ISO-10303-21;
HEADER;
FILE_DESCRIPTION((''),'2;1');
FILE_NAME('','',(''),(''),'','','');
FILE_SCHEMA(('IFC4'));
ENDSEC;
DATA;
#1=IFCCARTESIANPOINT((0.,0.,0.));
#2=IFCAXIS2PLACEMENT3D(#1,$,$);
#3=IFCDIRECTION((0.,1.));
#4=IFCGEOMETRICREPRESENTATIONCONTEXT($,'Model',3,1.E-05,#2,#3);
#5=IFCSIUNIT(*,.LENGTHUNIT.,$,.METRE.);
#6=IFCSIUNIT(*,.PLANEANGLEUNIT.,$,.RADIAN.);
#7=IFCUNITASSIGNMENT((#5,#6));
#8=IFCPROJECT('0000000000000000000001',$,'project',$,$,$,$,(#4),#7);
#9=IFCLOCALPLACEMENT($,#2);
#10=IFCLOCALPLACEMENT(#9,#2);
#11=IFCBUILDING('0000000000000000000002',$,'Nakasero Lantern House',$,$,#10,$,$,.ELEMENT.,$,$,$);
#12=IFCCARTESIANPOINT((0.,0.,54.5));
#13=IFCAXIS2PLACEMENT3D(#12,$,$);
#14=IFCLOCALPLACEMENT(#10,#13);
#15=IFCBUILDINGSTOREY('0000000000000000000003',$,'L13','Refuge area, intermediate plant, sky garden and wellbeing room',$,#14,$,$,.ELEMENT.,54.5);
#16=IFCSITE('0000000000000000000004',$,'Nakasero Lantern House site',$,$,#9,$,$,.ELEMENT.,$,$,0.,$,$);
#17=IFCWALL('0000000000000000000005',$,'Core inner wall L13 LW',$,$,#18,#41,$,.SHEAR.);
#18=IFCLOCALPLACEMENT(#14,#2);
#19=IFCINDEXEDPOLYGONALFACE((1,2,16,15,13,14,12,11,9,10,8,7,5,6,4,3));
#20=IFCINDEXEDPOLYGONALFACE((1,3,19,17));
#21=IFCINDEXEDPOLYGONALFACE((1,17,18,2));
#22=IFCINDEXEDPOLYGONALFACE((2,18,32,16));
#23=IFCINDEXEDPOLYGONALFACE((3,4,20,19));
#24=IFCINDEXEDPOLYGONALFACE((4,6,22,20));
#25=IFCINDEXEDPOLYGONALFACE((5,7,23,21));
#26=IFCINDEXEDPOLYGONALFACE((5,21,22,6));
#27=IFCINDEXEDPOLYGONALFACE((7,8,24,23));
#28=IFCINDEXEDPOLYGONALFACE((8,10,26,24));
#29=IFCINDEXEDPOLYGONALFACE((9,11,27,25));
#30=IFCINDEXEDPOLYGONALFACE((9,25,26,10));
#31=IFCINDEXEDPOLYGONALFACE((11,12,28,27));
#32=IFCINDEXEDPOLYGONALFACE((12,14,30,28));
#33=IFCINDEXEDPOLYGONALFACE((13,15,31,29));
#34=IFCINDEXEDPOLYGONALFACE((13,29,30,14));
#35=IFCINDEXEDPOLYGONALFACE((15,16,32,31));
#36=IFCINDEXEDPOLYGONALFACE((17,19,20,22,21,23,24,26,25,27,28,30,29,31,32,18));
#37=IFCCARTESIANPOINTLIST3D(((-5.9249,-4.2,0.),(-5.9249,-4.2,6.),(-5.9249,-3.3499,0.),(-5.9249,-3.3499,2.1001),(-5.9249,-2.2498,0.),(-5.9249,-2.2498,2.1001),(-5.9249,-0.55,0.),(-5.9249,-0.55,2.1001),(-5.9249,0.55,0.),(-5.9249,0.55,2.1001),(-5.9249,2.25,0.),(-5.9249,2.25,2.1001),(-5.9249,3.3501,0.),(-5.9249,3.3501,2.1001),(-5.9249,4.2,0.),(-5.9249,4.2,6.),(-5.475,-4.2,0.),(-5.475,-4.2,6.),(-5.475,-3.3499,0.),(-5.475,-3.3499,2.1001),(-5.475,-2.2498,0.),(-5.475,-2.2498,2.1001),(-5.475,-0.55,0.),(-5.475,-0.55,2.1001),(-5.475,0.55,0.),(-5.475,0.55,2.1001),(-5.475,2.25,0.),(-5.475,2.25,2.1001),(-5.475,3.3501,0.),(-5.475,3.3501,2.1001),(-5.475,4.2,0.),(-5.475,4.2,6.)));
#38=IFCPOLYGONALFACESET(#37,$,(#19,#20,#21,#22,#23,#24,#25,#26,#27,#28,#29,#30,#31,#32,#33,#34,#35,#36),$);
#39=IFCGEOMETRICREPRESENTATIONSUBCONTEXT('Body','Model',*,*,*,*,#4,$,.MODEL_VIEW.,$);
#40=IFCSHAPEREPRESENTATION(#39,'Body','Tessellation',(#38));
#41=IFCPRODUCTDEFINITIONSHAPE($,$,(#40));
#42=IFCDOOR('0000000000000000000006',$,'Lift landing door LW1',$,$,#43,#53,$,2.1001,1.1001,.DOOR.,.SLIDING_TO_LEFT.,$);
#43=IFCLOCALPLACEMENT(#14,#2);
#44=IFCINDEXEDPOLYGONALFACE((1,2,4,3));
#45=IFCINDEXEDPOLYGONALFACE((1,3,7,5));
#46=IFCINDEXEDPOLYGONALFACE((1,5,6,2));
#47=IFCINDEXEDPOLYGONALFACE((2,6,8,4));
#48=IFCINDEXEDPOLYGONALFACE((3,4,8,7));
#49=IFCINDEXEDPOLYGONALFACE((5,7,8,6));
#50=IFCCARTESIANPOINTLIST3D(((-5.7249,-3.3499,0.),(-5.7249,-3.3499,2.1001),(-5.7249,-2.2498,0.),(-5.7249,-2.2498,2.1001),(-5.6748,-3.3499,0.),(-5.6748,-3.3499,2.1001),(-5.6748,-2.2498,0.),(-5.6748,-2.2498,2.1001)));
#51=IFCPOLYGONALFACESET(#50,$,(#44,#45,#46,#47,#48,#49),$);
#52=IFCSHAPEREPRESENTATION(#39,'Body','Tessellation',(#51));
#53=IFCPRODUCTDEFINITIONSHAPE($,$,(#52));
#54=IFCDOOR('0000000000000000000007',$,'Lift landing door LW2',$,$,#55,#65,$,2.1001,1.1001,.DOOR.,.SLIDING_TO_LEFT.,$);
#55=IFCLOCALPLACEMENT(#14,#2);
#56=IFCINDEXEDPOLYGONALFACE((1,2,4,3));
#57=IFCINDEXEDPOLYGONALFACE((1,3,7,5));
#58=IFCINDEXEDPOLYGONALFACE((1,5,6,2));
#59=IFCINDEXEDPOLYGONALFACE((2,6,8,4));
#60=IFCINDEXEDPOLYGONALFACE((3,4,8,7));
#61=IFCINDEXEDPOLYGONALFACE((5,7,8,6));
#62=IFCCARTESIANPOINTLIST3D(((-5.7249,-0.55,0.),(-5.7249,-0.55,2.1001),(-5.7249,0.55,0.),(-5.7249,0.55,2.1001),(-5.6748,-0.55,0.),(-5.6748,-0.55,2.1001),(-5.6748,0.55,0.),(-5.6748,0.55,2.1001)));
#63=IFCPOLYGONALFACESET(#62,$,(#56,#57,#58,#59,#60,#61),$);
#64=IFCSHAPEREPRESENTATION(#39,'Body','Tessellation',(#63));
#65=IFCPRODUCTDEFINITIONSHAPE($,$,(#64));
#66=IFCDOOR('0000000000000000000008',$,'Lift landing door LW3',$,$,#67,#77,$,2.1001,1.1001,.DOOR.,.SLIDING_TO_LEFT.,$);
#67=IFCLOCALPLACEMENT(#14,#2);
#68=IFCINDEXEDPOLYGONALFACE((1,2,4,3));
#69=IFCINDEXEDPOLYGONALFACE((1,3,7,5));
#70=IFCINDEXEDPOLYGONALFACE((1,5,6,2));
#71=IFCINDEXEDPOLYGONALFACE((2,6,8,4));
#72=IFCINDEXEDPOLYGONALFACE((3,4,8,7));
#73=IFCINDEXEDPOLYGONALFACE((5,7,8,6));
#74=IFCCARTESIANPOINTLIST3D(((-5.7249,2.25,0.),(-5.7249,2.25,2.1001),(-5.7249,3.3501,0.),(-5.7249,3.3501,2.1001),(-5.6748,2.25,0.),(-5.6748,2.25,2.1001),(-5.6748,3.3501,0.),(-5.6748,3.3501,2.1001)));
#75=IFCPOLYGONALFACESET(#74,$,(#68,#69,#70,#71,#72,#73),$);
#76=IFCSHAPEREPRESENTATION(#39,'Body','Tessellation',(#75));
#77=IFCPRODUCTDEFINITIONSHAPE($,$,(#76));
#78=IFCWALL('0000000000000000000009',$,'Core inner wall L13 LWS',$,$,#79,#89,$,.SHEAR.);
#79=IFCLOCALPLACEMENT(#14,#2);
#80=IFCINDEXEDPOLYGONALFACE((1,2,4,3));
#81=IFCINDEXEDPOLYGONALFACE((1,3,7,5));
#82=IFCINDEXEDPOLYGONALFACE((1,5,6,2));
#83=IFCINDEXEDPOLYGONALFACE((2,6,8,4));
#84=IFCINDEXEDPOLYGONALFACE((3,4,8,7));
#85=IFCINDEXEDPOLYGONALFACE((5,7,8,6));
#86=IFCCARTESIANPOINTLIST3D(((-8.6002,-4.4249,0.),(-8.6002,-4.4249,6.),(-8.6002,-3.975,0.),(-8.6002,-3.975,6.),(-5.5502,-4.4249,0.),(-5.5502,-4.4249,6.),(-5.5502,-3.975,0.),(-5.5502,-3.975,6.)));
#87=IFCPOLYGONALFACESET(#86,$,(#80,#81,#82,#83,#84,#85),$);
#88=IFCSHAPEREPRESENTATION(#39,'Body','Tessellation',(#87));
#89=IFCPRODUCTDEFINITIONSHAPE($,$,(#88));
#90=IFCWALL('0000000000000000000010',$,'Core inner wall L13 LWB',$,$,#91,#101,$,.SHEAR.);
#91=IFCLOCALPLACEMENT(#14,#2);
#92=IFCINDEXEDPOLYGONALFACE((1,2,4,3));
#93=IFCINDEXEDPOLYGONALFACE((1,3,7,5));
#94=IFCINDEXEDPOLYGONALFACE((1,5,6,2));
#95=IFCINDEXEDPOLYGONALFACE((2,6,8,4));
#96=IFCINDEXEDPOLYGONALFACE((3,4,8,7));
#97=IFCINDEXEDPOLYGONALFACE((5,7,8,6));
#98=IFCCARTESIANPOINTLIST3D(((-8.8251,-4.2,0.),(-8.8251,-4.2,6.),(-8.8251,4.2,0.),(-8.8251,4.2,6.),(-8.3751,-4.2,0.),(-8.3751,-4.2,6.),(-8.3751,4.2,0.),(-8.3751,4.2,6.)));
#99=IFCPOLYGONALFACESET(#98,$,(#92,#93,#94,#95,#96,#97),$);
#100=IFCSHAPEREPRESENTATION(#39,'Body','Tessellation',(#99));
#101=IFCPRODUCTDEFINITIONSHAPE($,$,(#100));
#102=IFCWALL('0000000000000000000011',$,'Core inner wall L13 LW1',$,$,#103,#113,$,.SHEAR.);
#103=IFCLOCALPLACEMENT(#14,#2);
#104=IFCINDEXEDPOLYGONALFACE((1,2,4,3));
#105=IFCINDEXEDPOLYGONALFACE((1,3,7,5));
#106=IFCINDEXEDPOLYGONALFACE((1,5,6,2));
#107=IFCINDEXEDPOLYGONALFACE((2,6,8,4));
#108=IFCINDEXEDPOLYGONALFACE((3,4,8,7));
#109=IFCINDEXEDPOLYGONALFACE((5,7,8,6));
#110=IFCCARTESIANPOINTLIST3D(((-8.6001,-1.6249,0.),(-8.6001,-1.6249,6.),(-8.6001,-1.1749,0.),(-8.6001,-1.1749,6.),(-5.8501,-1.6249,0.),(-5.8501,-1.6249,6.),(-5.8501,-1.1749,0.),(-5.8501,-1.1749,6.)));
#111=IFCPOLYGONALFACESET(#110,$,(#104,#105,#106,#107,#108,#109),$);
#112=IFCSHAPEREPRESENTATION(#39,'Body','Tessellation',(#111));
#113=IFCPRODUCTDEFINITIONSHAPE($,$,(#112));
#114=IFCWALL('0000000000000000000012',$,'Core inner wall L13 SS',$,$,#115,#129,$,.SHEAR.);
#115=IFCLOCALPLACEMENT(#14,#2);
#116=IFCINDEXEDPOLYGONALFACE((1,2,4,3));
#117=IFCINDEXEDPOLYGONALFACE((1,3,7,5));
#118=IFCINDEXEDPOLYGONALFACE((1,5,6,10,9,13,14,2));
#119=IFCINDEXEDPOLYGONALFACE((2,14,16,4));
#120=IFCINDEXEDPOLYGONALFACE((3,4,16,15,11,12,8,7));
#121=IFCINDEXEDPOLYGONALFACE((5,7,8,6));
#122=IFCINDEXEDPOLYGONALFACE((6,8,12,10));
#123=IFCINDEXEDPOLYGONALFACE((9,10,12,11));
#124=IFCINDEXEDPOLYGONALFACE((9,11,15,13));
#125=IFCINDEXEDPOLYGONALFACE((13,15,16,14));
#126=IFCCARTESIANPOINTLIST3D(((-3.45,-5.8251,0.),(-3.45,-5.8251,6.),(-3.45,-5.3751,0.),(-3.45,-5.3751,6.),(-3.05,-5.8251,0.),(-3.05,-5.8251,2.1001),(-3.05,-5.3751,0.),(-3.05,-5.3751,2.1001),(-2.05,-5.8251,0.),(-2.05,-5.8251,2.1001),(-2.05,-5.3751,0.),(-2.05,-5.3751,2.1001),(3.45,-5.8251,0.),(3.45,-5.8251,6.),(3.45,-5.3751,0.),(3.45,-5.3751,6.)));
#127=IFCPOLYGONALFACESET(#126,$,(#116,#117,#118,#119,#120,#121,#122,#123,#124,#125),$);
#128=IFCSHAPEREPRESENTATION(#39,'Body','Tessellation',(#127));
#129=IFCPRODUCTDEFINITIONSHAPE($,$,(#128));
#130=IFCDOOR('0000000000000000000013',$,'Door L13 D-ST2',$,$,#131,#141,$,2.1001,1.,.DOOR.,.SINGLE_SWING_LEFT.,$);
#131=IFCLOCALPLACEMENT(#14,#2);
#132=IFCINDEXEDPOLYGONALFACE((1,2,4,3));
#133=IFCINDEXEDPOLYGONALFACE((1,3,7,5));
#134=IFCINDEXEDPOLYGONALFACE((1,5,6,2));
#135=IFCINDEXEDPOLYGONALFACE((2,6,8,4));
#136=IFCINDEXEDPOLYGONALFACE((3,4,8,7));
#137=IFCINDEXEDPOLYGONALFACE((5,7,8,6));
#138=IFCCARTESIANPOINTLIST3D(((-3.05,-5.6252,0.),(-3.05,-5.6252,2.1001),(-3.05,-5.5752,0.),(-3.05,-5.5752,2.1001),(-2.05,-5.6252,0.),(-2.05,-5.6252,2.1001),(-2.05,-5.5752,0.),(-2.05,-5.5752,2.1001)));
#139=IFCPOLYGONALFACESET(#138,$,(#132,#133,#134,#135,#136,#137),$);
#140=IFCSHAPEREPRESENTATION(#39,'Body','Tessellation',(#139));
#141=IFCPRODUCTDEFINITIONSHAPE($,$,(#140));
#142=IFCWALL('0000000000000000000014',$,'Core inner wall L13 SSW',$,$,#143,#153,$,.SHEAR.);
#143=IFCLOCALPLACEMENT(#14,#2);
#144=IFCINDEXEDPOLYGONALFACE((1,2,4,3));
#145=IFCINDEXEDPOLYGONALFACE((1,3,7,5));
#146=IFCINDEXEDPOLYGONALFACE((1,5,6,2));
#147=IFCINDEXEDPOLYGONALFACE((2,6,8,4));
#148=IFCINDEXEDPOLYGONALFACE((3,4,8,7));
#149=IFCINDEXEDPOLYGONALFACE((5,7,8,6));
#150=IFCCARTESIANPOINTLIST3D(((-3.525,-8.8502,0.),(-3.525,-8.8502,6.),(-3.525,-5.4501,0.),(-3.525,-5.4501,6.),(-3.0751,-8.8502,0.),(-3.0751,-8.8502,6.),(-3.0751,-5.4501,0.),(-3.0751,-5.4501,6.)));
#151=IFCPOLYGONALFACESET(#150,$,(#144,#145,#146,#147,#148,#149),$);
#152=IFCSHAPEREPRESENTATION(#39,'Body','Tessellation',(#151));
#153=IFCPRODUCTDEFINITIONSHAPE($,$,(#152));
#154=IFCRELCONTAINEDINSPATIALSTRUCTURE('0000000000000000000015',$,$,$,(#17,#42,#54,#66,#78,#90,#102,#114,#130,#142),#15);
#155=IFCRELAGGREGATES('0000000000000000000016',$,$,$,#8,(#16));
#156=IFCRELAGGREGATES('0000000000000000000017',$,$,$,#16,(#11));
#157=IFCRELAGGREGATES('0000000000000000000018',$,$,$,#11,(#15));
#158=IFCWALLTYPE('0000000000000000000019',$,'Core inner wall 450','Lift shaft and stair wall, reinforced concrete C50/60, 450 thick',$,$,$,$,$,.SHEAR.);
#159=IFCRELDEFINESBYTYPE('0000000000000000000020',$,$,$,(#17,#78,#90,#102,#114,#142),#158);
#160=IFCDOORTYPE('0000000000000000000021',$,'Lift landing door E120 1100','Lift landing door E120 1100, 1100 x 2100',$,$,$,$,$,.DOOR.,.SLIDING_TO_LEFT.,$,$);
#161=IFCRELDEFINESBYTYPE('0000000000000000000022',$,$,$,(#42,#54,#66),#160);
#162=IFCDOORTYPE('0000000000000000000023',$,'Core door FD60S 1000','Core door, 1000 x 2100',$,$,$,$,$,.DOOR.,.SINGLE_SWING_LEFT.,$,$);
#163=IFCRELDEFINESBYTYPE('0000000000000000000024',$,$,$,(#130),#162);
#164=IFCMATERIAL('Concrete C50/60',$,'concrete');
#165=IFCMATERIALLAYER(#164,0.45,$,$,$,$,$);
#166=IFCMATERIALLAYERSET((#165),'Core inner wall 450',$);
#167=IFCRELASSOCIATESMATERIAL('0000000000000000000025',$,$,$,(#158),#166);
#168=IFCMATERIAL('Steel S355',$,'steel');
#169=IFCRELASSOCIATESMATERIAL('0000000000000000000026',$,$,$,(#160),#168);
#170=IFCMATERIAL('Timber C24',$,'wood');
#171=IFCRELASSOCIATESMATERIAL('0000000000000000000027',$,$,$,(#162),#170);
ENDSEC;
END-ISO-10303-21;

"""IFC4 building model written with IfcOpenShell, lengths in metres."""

from ifc_helpers import new_model, si_unit, direction, frame, frame_2d, origin, place, context, subcontext, project, spatial, rectangle, extrude, material, layer, layer_set, type_object, element, fill, save


model = new_model("IFC4")

# Units and contexts
model_context = context("Model", 3, precision=1e-05, world=origin(), true_north=direction((0.0, 1.0)))
body_context = subcontext(model_context, "Body", "Model", "MODEL_VIEW")
ifc_project = project(units=[si_unit("LENGTHUNIT", "METRE"), si_unit("PLANEANGLEUNIT", "RADIAN")], contexts=[model_context])

# Site, building, storey
site_placement = place(None, origin())
site = spatial("IfcSite", under=ifc_project, at=site_placement, Name="Nakasero Lantern House site", CompositionType="ELEMENT", RefElevation=0.0)
building_placement = place(site_placement, origin())
building = spatial("IfcBuilding", under=site, at=building_placement, Name="Nakasero Lantern House", CompositionType="ELEMENT")
storey_placement = place(building_placement, frame((0.0, 0.0, 54.5)))
storey = spatial("IfcBuildingStorey", under=building, at=storey_placement, Name="L13", Description="Refuge area, intermediate plant, sky garden and wellbeing room", CompositionType="ELEMENT", Elevation=54.5)

# Wall, openings, doors
ifc_material_1 = material(Name="Concrete C50/60", Category="concrete")
ifc_layer_1 = layer(ifc_material_1, 0.45)
ifc_layer_set_1 = layer_set([ifc_layer_1], Name="Core inner wall 450")
wall_type_1 = type_object("IfcWallType", Name="Core inner wall 450", Description="Lift shaft and stair wall, reinforced concrete C50/60, 450 thick", PredefinedType="SHEAR", material=ifc_layer_set_1)
wall_1_placement = place(storey_placement, frame((-5.7, -4.2, 0.0), z_axis=(0.0, 0.0, 1.0), x_axis=(0.0, 1.0, 0.0)))
wall_1 = element("IfcWall", 1, at=wall_1_placement, inside=storey, type_object=wall_type_1, Name="Core inner wall L13 LW", PredefinedType="SHEAR", context=body_context, shape_type="SweptSolid", body=[
    extrude(rectangle(XDim=8.3999, YDim=0.45, at=frame_2d((4.2, 0.0))), origin(), (0.0, 0.0, 1.0), 6.0),
])
opening_1_placement = place(wall_1_placement, frame((0.8501, 0.0, 0.0)))
opening_1 = element("IfcOpeningElement", 2, at=opening_1_placement, cuts=wall_1, PredefinedType="OPENING", context=body_context, shape_type="SweptSolid", body=[
    extrude(rectangle(XDim=1.1001, YDim=2.1001, at=frame_2d((0.55, 1.05))), frame((0.0, 0.2449, 0.0), z_axis=(0.0, -1.0, 0.0), x_axis=(1.0, 0.0, 0.0)), (0.0, 0.0, 1.0), 0.49),
])
opening_2_placement = place(wall_1_placement, frame((3.6499, 0.0, 0.0)))
opening_2 = element("IfcOpeningElement", 3, at=opening_2_placement, cuts=wall_1, PredefinedType="OPENING", context=body_context, shape_type="SweptSolid", body=[
    extrude(rectangle(XDim=1.1001, YDim=2.1001, at=frame_2d((0.55, 1.05))), frame((0.0, 0.2449, 0.0), z_axis=(0.0, -1.0, 0.0), x_axis=(1.0, 0.0, 0.0)), (0.0, 0.0, 1.0), 0.49),
])
opening_3_placement = place(wall_1_placement, frame((6.45, 0.0, 0.0)))
opening_3 = element("IfcOpeningElement", 4, at=opening_3_placement, cuts=wall_1, PredefinedType="OPENING", context=body_context, shape_type="SweptSolid", body=[
    extrude(rectangle(XDim=1.1001, YDim=2.1001, at=frame_2d((0.55, 1.05))), frame((0.0, 0.2449, 0.0), z_axis=(0.0, -1.0, 0.0), x_axis=(1.0, 0.0, 0.0)), (0.0, 0.0, 1.0), 0.49),
])
ifc_material_2 = material(Name="Steel S355", Category="steel")
door_type_1 = type_object("IfcDoorType", Name="Lift landing door E120 1100", Description="Lift landing door E120 1100, 1100 x 2100", OperationType="SLIDING_TO_LEFT", PredefinedType="DOOR", material=ifc_material_2)
door_1_placement = place(opening_1_placement, origin())
door_1 = element("IfcDoor", 5, at=door_1_placement, inside=storey, type_object=door_type_1, Name="Lift landing door LW1", OperationType="SLIDING_TO_LEFT", OverallHeight=2.1001, OverallWidth=1.1001, PredefinedType="DOOR", context=body_context, shape_type="SweptSolid", body=[
    extrude(rectangle(XDim=1.1001, YDim=2.1001, at=frame_2d((0.55, 1.05))), frame((0.0, 0.0249, 0.0), z_axis=(0.0, -1.0, 0.0), x_axis=(1.0, 0.0, 0.0)), (0.0, 0.0, 1.0), 0.05),
])
fill(opening_1, door_1)
door_2_placement = place(opening_2_placement, origin())
door_2 = element("IfcDoor", 6, at=door_2_placement, inside=storey, type_object=door_type_1, Name="Lift landing door LW2", OperationType="SLIDING_TO_LEFT", OverallHeight=2.1001, OverallWidth=1.1001, PredefinedType="DOOR", context=body_context, shape_type="SweptSolid", body=[
    extrude(rectangle(XDim=1.1001, YDim=2.1001, at=frame_2d((0.55, 1.05))), frame((0.0, 0.0249, 0.0), z_axis=(0.0, -1.0, 0.0), x_axis=(1.0, 0.0, 0.0)), (0.0, 0.0, 1.0), 0.05),
])
fill(opening_2, door_2)
door_3_placement = place(opening_3_placement, origin())
door_3 = element("IfcDoor", 7, at=door_3_placement, inside=storey, type_object=door_type_1, Name="Lift landing door LW3", OperationType="SLIDING_TO_LEFT", OverallHeight=2.1001, OverallWidth=1.1001, PredefinedType="DOOR", context=body_context, shape_type="SweptSolid", body=[
    extrude(rectangle(XDim=1.1001, YDim=2.1001, at=frame_2d((0.55, 1.05))), frame((0.0, 0.0249, 0.0), z_axis=(0.0, -1.0, 0.0), x_axis=(1.0, 0.0, 0.0)), (0.0, 0.0, 1.0), 0.05),
])
fill(opening_3, door_3)

# Walls
wall_2_placement = place(storey_placement, frame((-8.6001, -4.2, 0.0), z_axis=(0.0, 0.0, 1.0), x_axis=(1.0, 0.0, 0.0)))
element("IfcWall", 8, at=wall_2_placement, inside=storey, type_object=wall_type_1, Name="Core inner wall L13 LWS", PredefinedType="SHEAR", context=body_context, shape_type="SweptSolid", body=[
    extrude(rectangle(XDim=3.05, YDim=0.45, at=frame_2d((1.5249, 0.0))), origin(), (0.0, 0.0, 1.0), 6.0),
])
wall_3_placement = place(storey_placement, frame((-8.6001, -4.2, 0.0), z_axis=(0.0, 0.0, 1.0), x_axis=(0.0, 1.0, 0.0)))
element("IfcWall", 9, at=wall_3_placement, inside=storey, type_object=wall_type_1, Name="Core inner wall L13 LWB", PredefinedType="SHEAR", context=body_context, shape_type="SweptSolid", body=[
    extrude(rectangle(XDim=8.3999, YDim=0.45, at=frame_2d((4.2, 0.0))), origin(), (0.0, 0.0, 1.0), 6.0),
])
wall_4_placement = place(storey_placement, frame((-8.6001, -1.3999, 0.0), z_axis=(0.0, 0.0, 1.0), x_axis=(1.0, 0.0, 0.0)))
element("IfcWall", 10, at=wall_4_placement, inside=storey, type_object=wall_type_1, Name="Core inner wall L13 LW1", PredefinedType="SHEAR", context=body_context, shape_type="SweptSolid", body=[
    extrude(rectangle(XDim=2.75, YDim=0.45, at=frame_2d((1.375, 0.0))), origin(), (0.0, 0.0, 1.0), 6.0),
])

# Wall, opening, door
wall_5_placement = place(storey_placement, frame((-3.45, -5.6001, 0.0), z_axis=(0.0, 0.0, 1.0), x_axis=(1.0, 0.0, 0.0)))
wall_5 = element("IfcWall", 11, at=wall_5_placement, inside=storey, type_object=wall_type_1, Name="Core inner wall L13 SS", PredefinedType="SHEAR", context=body_context, shape_type="SweptSolid", body=[
    extrude(rectangle(XDim=6.8999, YDim=0.45, at=frame_2d((3.45, 0.0))), origin(), (0.0, 0.0, 1.0), 6.0),
])
opening_4_placement = place(wall_5_placement, frame((0.3999, 0.0, 0.0)))
opening_4 = element("IfcOpeningElement", 12, at=opening_4_placement, cuts=wall_5, PredefinedType="OPENING", context=body_context, shape_type="SweptSolid", body=[
    extrude(rectangle(XDim=1.0, YDim=2.1001, at=frame_2d((0.5, 1.05))), frame((0.0, 0.2449, 0.0), z_axis=(0.0, -1.0, 0.0), x_axis=(1.0, 0.0, 0.0)), (0.0, 0.0, 1.0), 0.49),
])
ifc_material_3 = material(Name="Timber C24", Category="wood")
door_type_2 = type_object("IfcDoorType", Name="Core door FD60S 1000", Description="Core door, 1000 x 2100", OperationType="SINGLE_SWING_LEFT", PredefinedType="DOOR", material=ifc_material_3)
door_4_placement = place(opening_4_placement, origin())
door_4 = element("IfcDoor", 13, at=door_4_placement, inside=storey, type_object=door_type_2, Name="Door L13 D-ST2", OperationType="SINGLE_SWING_LEFT", OverallHeight=2.1001, OverallWidth=1.0, PredefinedType="DOOR", context=body_context, shape_type="SweptSolid", body=[
    extrude(rectangle(XDim=1.0, YDim=2.1001, at=frame_2d((0.5, 1.05))), frame((0.0, 0.0249, 0.0), z_axis=(0.0, -1.0, 0.0), x_axis=(1.0, 0.0, 0.0)), (0.0, 0.0, 1.0), 0.05),
])
fill(opening_4, door_4)

# Wall
wall_6_placement = place(storey_placement, frame((-3.3, -5.45, 0.0), z_axis=(0.0, 0.0, 1.0), x_axis=(0.0, -1.0, 0.0)))
element("IfcWall", 14, at=wall_6_placement, inside=storey, type_object=wall_type_1, Name="Core inner wall L13 SSW", PredefinedType="SHEAR", context=body_context, shape_type="SweptSolid", body=[
    extrude(rectangle(XDim=3.4001, YDim=0.45, at=frame_2d((1.7002, 0.0))), origin(), (0.0, 0.0, 1.0), 6.0),
])

save(model, "model.ifc")
